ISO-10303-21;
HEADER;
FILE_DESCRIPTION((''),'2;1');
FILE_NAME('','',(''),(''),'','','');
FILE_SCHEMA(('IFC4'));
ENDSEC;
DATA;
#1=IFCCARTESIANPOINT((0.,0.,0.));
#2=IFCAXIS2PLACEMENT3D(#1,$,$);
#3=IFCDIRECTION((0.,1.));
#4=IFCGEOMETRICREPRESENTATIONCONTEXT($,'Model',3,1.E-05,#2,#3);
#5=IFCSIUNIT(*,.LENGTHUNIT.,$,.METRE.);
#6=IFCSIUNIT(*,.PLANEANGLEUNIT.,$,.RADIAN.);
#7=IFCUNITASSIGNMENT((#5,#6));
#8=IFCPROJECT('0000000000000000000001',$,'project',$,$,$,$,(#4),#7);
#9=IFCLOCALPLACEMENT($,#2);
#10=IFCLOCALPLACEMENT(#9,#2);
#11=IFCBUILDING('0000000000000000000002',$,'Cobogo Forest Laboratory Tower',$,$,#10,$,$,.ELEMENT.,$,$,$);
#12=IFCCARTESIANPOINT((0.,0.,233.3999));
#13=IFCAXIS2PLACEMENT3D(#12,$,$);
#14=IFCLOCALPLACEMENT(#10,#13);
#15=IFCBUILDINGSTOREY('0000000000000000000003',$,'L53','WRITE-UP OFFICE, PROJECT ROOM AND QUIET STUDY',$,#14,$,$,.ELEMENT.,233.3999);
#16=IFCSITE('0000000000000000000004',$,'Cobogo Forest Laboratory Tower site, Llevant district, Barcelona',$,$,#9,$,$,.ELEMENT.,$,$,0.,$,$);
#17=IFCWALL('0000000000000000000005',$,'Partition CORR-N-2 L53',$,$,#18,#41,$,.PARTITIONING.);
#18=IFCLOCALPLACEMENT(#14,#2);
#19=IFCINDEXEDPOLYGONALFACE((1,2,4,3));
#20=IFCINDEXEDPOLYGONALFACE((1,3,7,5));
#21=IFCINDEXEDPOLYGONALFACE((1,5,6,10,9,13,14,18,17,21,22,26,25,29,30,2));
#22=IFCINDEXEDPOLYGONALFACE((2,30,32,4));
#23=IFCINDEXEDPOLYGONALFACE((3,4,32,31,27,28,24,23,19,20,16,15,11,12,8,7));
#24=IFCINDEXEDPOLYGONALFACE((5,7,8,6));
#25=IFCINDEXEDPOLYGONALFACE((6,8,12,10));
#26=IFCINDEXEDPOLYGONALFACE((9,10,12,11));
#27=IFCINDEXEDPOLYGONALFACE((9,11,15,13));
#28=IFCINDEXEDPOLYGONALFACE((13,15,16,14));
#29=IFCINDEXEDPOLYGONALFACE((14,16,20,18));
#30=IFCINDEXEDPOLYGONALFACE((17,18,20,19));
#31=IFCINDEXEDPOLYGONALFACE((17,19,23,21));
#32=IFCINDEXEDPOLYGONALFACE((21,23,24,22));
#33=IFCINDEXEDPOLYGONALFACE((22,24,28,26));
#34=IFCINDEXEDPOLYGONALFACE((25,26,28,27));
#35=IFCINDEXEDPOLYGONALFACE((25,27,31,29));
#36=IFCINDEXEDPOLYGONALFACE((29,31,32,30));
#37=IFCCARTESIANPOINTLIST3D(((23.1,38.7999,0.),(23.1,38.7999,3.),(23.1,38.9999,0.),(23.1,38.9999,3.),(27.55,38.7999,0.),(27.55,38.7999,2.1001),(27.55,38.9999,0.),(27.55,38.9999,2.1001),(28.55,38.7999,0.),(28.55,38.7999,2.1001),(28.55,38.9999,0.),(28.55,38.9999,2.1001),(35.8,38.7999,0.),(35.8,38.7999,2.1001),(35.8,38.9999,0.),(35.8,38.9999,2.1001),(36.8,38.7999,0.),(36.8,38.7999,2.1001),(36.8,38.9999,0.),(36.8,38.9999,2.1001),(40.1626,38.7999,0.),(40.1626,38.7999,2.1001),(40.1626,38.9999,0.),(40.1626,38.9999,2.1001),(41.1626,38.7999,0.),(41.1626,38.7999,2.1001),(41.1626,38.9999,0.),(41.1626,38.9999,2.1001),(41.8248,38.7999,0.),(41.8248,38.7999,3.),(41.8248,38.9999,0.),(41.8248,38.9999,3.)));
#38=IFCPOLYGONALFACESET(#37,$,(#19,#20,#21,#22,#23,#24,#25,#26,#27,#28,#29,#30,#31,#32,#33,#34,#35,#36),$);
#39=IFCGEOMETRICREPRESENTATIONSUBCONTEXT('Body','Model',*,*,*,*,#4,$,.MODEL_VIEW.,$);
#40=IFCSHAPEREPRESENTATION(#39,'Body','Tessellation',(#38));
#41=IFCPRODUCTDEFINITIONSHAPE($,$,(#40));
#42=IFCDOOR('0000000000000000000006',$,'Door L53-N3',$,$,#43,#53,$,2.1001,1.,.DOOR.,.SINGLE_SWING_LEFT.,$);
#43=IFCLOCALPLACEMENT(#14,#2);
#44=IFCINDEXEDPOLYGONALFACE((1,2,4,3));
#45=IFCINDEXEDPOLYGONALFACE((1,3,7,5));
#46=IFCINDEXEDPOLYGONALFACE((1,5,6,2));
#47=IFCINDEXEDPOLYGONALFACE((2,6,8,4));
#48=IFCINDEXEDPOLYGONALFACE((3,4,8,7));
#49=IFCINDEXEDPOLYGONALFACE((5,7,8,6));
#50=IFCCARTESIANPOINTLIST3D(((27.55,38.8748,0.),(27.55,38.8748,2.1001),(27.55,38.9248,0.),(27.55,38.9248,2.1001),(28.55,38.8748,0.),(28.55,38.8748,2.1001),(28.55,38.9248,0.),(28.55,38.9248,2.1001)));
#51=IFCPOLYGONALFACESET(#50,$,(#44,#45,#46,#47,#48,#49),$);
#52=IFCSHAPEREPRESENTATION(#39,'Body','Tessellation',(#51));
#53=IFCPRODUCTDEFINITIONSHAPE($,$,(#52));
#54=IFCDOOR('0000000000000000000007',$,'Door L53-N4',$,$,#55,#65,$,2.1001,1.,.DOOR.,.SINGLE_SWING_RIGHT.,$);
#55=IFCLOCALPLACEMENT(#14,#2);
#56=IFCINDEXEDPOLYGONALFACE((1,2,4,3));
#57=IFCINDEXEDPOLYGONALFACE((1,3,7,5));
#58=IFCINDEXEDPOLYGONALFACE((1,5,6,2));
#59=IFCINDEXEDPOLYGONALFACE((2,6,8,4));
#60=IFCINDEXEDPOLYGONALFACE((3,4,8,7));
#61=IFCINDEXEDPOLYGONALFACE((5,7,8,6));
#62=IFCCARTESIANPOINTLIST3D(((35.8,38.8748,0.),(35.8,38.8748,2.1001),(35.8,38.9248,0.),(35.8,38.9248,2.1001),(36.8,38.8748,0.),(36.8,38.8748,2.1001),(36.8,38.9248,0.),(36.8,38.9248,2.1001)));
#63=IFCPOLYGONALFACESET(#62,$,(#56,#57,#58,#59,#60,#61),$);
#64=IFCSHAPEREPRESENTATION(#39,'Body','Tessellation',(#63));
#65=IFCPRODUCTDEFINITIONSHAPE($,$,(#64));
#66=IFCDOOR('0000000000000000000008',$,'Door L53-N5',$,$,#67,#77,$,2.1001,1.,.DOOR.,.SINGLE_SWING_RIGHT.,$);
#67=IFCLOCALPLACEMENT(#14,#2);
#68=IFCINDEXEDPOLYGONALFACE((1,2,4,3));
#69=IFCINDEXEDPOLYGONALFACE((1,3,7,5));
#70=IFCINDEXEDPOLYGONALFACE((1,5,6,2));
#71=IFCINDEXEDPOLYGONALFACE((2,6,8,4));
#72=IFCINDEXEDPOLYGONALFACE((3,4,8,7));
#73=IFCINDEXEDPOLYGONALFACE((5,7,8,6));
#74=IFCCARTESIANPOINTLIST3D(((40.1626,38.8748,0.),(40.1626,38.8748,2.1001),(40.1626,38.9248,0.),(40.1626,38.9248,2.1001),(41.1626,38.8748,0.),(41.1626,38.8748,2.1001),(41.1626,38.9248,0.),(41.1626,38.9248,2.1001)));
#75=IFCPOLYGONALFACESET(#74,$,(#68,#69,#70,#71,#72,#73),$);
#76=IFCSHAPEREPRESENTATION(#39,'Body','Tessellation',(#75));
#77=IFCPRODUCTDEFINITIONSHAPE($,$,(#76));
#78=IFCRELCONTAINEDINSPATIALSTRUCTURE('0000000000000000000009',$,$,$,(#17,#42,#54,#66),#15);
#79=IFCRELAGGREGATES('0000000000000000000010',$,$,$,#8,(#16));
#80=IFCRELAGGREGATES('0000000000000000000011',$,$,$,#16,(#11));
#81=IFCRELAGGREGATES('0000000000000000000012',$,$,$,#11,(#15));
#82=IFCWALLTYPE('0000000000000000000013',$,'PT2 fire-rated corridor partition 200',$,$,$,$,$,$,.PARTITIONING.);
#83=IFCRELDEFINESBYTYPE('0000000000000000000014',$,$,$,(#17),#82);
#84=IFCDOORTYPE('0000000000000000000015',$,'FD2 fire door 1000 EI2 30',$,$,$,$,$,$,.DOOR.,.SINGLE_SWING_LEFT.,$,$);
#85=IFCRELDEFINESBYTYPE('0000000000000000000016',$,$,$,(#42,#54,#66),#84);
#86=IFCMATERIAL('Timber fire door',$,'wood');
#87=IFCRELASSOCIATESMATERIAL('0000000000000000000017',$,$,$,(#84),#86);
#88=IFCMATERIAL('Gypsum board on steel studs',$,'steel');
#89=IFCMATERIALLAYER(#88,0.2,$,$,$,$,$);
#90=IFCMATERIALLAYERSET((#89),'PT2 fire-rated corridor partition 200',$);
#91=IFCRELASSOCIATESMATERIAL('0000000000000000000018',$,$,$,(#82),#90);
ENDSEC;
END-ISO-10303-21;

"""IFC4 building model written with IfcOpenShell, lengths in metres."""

from ifc_helpers import new_model, si_unit, direction, frame, frame_2d, origin, place, context, subcontext, project, spatial, rectangle, extrude, material, layer, layer_set, type_object, element, fill, save


model = new_model("IFC4")

# Units and contexts
model_context = context("Model", 3, precision=1e-05, world=origin(), true_north=direction((0.0, 1.0)))
body_context = subcontext(model_context, "Body", "Model", "MODEL_VIEW")
ifc_project = project(units=[si_unit("LENGTHUNIT", "METRE"), si_unit("PLANEANGLEUNIT", "RADIAN")], contexts=[model_context])

# Site, building, storey
site_placement = place(None, origin())
site = spatial("IfcSite", under=ifc_project, at=site_placement, Name="Cobogo Forest Laboratory Tower site, Llevant district, Barcelona", CompositionType="ELEMENT", RefElevation=0.0)
building_placement = place(site_placement, origin())
building = spatial("IfcBuilding", under=site, at=building_placement, Name="Cobogo Forest Laboratory Tower", CompositionType="ELEMENT")
storey_placement = place(building_placement, frame((0.0, 0.0, 233.3999)))
storey = spatial("IfcBuildingStorey", under=building, at=storey_placement, Name="L53", Description="WRITE-UP OFFICE, PROJECT ROOM AND QUIET STUDY", CompositionType="ELEMENT", Elevation=233.3999)

# Shared definitions
ifc_material_1 = material(Name="Gypsum board on steel studs", Category="steel")
ifc_material_2 = material(Name="Timber fire door", Category="wood")
door_type = type_object("IfcDoorType", Name="FD2 fire door 1000 EI2 30", OperationType="SINGLE_SWING_LEFT", PredefinedType="DOOR", material=ifc_material_2)

# Wall, openings, doors
ifc_layer_1 = layer(ifc_material_1, 0.2)
ifc_layer_set_1 = layer_set([ifc_layer_1], Name="PT2 fire-rated corridor partition 200")
wall_type_1 = type_object("IfcWallType", Name="PT2 fire-rated corridor partition 200", PredefinedType="PARTITIONING", material=ifc_layer_set_1)
wall_1_placement = place(storey_placement, frame((23.1001, 38.8999, 0.0), z_axis=(0.0, 0.0, 1.0), x_axis=(1.0, 0.0, 0.0)))
wall_1 = element("IfcWall", 1, at=wall_1_placement, inside=storey, type_object=wall_type_1, Name="Partition CORR-N-2 L53", PredefinedType="PARTITIONING", context=body_context, shape_type="SweptSolid", body=[
    extrude(rectangle(XDim=18.7249, YDim=0.2, at=frame_2d((9.3623, 0.0))), origin(), (0.0, 0.0, 1.0), 3.0),
])
opening_1_placement = place(wall_1_placement, frame((4.45, 0.0, 0.0)))
opening_1 = element("IfcOpeningElement", 2, at=opening_1_placement, cuts=wall_1, PredefinedType="OPENING", context=body_context, shape_type="SweptSolid", body=[
    extrude(rectangle(XDim=1.0, YDim=2.1001, at=frame_2d((0.5, 1.05))), frame((0.0, 0.1099, 0.0), z_axis=(0.0, -1.0, 0.0), x_axis=(1.0, 0.0, 0.0)), (0.0, 0.0, 1.0), 0.22),
])
opening_2_placement = place(wall_1_placement, frame((12.7, 0.0, 0.0)))
opening_2 = element("IfcOpeningElement", 3, at=opening_2_placement, cuts=wall_1, PredefinedType="OPENING", context=body_context, shape_type="SweptSolid", body=[
    extrude(rectangle(XDim=1.0, YDim=2.1001, at=frame_2d((0.5, 1.05))), frame((0.0, 0.1099, 0.0), z_axis=(0.0, -1.0, 0.0), x_axis=(1.0, 0.0, 0.0)), (0.0, 0.0, 1.0), 0.22),
])
opening_3_placement = place(wall_1_placement, frame((17.0625, 0.0, 0.0)))
opening_3 = element("IfcOpeningElement", 4, at=opening_3_placement, cuts=wall_1, PredefinedType="OPENING", context=body_context, shape_type="SweptSolid", body=[
    extrude(rectangle(XDim=1.0, YDim=2.1001, at=frame_2d((0.5, 1.05))), frame((0.0, 0.1099, 0.0), z_axis=(0.0, -1.0, 0.0), x_axis=(1.0, 0.0, 0.0)), (0.0, 0.0, 1.0), 0.22),
])
door_1_placement = place(opening_1_placement, origin())
door_1 = element("IfcDoor", 5, at=door_1_placement, inside=storey, type_object=door_type, Name="Door L53-N3", OperationType="SINGLE_SWING_LEFT", OverallHeight=2.1001, OverallWidth=1.0, PredefinedType="DOOR", context=body_context, shape_type="SweptSolid", body=[
    extrude(rectangle(XDim=1.0, YDim=2.1001, at=frame_2d((0.5, 1.05))), frame((0.0, 0.0249, 0.0), z_axis=(0.0, -1.0, 0.0), x_axis=(1.0, 0.0, 0.0)), (0.0, 0.0, 1.0), 0.05),
])
fill(opening_1, door_1)
door_2_placement = place(opening_2_placement, origin())
door_2 = element("IfcDoor", 6, at=door_2_placement, inside=storey, type_object=door_type, Name="Door L53-N4", OperationType="SINGLE_SWING_RIGHT", OverallHeight=2.1001, OverallWidth=1.0, PredefinedType="DOOR", context=body_context, shape_type="SweptSolid", body=[
    extrude(rectangle(XDim=1.0, YDim=2.1001, at=frame_2d((0.5, 1.05))), frame((0.0, 0.0249, 0.0), z_axis=(0.0, -1.0, 0.0), x_axis=(1.0, 0.0, 0.0)), (0.0, 0.0, 1.0), 0.05),
])
fill(opening_2, door_2)
door_3_placement = place(opening_3_placement, origin())
door_3 = element("IfcDoor", 7, at=door_3_placement, inside=storey, type_object=door_type, Name="Door L53-N5", OperationType="SINGLE_SWING_RIGHT", OverallHeight=2.1001, OverallWidth=1.0, PredefinedType="DOOR", context=body_context, shape_type="SweptSolid", body=[
    extrude(rectangle(XDim=1.0, YDim=2.1001, at=frame_2d((0.5, 1.05))), frame((0.0, 0.0249, 0.0), z_axis=(0.0, -1.0, 0.0), x_axis=(1.0, 0.0, 0.0)), (0.0, 0.0, 1.0), 0.05),
])
fill(opening_3, door_3)

save(model, "model.ifc")
